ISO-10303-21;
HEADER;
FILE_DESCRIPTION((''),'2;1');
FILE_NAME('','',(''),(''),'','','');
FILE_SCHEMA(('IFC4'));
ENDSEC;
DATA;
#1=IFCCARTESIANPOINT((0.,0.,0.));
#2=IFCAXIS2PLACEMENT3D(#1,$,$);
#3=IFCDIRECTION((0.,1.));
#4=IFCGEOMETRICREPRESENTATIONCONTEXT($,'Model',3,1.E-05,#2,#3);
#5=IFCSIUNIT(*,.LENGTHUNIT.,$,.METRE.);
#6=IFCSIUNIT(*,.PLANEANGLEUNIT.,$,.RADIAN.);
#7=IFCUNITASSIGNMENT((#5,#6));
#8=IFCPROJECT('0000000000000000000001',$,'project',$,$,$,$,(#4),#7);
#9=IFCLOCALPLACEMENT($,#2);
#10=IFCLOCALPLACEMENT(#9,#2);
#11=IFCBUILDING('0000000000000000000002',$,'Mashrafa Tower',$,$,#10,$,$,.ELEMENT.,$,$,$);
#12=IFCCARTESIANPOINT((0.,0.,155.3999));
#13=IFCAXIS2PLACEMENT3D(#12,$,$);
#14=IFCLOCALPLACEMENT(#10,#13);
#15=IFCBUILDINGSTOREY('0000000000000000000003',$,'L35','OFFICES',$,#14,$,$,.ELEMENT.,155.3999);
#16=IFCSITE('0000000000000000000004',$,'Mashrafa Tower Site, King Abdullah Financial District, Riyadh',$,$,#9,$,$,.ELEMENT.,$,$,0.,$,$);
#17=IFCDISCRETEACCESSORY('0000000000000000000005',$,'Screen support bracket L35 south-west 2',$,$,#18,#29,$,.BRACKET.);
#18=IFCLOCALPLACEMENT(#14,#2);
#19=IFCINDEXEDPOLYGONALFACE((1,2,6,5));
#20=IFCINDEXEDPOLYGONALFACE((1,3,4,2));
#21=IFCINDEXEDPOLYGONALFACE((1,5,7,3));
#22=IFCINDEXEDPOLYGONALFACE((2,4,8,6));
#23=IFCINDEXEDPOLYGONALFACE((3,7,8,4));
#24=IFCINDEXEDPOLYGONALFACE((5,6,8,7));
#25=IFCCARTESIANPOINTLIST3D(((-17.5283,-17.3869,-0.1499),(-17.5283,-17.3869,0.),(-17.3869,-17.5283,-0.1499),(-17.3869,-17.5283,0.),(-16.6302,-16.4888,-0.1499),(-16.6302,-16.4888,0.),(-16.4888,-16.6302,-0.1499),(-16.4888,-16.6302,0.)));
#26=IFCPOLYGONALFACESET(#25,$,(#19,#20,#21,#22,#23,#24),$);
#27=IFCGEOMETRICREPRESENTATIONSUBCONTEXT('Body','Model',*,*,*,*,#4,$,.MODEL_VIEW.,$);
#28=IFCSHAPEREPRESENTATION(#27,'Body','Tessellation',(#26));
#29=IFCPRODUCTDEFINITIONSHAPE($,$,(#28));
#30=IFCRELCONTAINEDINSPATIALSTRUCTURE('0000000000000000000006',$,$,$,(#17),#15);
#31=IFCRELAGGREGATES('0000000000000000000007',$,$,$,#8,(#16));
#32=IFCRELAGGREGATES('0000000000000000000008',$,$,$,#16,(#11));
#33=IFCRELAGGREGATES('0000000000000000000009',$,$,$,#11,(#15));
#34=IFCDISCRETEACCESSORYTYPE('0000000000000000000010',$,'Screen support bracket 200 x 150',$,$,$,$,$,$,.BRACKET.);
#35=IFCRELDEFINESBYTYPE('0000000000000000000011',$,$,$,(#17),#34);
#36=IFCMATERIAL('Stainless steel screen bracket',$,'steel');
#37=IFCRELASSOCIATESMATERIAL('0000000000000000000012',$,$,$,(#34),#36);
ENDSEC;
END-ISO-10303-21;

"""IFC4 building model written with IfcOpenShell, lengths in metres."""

from ifc_helpers import new_model, si_unit, direction, frame, origin, origin_2d, place, context, subcontext, project, spatial, rectangle, extrude, source, transform, mapped, material, type_object, type_shapes, element, save


model = new_model("IFC4")

# Units and contexts
model_context = context("Model", 3, precision=1e-05, world=origin(), true_north=direction((0.0, 1.0)))
body_context = subcontext(model_context, "Body", "Model", "MODEL_VIEW")
ifc_project = project(units=[si_unit("LENGTHUNIT", "METRE"), si_unit("PLANEANGLEUNIT", "RADIAN")], contexts=[model_context])

# Site, building, storey
site_placement = place(None, origin())
site = spatial("IfcSite", under=ifc_project, at=site_placement, Name="Mashrafa Tower Site, King Abdullah Financial District, Riyadh", CompositionType="ELEMENT", RefElevation=0.0)
building_placement = place(site_placement, origin())
building = spatial("IfcBuilding", under=site, at=building_placement, Name="Mashrafa Tower", CompositionType="ELEMENT")
storey_placement = place(building_placement, frame((0.0, 0.0, 155.3999)))
storey = spatial("IfcBuildingStorey", under=building, at=storey_placement, Name="L35", Description="OFFICES", CompositionType="ELEMENT", Elevation=155.3999)

# Discrete accessory
ifc_material_1 = material(Name="Stainless steel screen bracket", Category="steel")
discrete_accessory_type = type_object("IfcDiscreteAccessoryType", Name="Screen support bracket 200 x 150", PredefinedType="BRACKET", material=ifc_material_1)
shared_shape_1 = source(origin(), body_context, "Body", "SweptSolid", [
    extrude(rectangle(XDim=0.2, YDim=1.27, at=origin_2d()), origin(), (0.0, 0.0, 1.0), 0.1499),
])
type_shapes(discrete_accessory_type, [shared_shape_1])
for number, where, z_axis, x_axis, name in (
    (1, (-17.0085, -17.0085, -0.1499), (0.0, 0.0, 1.0), (0.707107, -0.707107, 0.0), "Screen support bracket L35 south-west 2"),
):
    element("IfcDiscreteAccessory", number, at=place(storey_placement, frame(where, z_axis=z_axis, x_axis=x_axis)), inside=storey, type_object=discrete_accessory_type, Name=name, PredefinedType="BRACKET", context=body_context, shape_type="MappedRepresentation", body=[
        mapped(shared_shape_1, transform((0.0, 0.0, 0.0))),
    ])

save(model, "model.ifc")
